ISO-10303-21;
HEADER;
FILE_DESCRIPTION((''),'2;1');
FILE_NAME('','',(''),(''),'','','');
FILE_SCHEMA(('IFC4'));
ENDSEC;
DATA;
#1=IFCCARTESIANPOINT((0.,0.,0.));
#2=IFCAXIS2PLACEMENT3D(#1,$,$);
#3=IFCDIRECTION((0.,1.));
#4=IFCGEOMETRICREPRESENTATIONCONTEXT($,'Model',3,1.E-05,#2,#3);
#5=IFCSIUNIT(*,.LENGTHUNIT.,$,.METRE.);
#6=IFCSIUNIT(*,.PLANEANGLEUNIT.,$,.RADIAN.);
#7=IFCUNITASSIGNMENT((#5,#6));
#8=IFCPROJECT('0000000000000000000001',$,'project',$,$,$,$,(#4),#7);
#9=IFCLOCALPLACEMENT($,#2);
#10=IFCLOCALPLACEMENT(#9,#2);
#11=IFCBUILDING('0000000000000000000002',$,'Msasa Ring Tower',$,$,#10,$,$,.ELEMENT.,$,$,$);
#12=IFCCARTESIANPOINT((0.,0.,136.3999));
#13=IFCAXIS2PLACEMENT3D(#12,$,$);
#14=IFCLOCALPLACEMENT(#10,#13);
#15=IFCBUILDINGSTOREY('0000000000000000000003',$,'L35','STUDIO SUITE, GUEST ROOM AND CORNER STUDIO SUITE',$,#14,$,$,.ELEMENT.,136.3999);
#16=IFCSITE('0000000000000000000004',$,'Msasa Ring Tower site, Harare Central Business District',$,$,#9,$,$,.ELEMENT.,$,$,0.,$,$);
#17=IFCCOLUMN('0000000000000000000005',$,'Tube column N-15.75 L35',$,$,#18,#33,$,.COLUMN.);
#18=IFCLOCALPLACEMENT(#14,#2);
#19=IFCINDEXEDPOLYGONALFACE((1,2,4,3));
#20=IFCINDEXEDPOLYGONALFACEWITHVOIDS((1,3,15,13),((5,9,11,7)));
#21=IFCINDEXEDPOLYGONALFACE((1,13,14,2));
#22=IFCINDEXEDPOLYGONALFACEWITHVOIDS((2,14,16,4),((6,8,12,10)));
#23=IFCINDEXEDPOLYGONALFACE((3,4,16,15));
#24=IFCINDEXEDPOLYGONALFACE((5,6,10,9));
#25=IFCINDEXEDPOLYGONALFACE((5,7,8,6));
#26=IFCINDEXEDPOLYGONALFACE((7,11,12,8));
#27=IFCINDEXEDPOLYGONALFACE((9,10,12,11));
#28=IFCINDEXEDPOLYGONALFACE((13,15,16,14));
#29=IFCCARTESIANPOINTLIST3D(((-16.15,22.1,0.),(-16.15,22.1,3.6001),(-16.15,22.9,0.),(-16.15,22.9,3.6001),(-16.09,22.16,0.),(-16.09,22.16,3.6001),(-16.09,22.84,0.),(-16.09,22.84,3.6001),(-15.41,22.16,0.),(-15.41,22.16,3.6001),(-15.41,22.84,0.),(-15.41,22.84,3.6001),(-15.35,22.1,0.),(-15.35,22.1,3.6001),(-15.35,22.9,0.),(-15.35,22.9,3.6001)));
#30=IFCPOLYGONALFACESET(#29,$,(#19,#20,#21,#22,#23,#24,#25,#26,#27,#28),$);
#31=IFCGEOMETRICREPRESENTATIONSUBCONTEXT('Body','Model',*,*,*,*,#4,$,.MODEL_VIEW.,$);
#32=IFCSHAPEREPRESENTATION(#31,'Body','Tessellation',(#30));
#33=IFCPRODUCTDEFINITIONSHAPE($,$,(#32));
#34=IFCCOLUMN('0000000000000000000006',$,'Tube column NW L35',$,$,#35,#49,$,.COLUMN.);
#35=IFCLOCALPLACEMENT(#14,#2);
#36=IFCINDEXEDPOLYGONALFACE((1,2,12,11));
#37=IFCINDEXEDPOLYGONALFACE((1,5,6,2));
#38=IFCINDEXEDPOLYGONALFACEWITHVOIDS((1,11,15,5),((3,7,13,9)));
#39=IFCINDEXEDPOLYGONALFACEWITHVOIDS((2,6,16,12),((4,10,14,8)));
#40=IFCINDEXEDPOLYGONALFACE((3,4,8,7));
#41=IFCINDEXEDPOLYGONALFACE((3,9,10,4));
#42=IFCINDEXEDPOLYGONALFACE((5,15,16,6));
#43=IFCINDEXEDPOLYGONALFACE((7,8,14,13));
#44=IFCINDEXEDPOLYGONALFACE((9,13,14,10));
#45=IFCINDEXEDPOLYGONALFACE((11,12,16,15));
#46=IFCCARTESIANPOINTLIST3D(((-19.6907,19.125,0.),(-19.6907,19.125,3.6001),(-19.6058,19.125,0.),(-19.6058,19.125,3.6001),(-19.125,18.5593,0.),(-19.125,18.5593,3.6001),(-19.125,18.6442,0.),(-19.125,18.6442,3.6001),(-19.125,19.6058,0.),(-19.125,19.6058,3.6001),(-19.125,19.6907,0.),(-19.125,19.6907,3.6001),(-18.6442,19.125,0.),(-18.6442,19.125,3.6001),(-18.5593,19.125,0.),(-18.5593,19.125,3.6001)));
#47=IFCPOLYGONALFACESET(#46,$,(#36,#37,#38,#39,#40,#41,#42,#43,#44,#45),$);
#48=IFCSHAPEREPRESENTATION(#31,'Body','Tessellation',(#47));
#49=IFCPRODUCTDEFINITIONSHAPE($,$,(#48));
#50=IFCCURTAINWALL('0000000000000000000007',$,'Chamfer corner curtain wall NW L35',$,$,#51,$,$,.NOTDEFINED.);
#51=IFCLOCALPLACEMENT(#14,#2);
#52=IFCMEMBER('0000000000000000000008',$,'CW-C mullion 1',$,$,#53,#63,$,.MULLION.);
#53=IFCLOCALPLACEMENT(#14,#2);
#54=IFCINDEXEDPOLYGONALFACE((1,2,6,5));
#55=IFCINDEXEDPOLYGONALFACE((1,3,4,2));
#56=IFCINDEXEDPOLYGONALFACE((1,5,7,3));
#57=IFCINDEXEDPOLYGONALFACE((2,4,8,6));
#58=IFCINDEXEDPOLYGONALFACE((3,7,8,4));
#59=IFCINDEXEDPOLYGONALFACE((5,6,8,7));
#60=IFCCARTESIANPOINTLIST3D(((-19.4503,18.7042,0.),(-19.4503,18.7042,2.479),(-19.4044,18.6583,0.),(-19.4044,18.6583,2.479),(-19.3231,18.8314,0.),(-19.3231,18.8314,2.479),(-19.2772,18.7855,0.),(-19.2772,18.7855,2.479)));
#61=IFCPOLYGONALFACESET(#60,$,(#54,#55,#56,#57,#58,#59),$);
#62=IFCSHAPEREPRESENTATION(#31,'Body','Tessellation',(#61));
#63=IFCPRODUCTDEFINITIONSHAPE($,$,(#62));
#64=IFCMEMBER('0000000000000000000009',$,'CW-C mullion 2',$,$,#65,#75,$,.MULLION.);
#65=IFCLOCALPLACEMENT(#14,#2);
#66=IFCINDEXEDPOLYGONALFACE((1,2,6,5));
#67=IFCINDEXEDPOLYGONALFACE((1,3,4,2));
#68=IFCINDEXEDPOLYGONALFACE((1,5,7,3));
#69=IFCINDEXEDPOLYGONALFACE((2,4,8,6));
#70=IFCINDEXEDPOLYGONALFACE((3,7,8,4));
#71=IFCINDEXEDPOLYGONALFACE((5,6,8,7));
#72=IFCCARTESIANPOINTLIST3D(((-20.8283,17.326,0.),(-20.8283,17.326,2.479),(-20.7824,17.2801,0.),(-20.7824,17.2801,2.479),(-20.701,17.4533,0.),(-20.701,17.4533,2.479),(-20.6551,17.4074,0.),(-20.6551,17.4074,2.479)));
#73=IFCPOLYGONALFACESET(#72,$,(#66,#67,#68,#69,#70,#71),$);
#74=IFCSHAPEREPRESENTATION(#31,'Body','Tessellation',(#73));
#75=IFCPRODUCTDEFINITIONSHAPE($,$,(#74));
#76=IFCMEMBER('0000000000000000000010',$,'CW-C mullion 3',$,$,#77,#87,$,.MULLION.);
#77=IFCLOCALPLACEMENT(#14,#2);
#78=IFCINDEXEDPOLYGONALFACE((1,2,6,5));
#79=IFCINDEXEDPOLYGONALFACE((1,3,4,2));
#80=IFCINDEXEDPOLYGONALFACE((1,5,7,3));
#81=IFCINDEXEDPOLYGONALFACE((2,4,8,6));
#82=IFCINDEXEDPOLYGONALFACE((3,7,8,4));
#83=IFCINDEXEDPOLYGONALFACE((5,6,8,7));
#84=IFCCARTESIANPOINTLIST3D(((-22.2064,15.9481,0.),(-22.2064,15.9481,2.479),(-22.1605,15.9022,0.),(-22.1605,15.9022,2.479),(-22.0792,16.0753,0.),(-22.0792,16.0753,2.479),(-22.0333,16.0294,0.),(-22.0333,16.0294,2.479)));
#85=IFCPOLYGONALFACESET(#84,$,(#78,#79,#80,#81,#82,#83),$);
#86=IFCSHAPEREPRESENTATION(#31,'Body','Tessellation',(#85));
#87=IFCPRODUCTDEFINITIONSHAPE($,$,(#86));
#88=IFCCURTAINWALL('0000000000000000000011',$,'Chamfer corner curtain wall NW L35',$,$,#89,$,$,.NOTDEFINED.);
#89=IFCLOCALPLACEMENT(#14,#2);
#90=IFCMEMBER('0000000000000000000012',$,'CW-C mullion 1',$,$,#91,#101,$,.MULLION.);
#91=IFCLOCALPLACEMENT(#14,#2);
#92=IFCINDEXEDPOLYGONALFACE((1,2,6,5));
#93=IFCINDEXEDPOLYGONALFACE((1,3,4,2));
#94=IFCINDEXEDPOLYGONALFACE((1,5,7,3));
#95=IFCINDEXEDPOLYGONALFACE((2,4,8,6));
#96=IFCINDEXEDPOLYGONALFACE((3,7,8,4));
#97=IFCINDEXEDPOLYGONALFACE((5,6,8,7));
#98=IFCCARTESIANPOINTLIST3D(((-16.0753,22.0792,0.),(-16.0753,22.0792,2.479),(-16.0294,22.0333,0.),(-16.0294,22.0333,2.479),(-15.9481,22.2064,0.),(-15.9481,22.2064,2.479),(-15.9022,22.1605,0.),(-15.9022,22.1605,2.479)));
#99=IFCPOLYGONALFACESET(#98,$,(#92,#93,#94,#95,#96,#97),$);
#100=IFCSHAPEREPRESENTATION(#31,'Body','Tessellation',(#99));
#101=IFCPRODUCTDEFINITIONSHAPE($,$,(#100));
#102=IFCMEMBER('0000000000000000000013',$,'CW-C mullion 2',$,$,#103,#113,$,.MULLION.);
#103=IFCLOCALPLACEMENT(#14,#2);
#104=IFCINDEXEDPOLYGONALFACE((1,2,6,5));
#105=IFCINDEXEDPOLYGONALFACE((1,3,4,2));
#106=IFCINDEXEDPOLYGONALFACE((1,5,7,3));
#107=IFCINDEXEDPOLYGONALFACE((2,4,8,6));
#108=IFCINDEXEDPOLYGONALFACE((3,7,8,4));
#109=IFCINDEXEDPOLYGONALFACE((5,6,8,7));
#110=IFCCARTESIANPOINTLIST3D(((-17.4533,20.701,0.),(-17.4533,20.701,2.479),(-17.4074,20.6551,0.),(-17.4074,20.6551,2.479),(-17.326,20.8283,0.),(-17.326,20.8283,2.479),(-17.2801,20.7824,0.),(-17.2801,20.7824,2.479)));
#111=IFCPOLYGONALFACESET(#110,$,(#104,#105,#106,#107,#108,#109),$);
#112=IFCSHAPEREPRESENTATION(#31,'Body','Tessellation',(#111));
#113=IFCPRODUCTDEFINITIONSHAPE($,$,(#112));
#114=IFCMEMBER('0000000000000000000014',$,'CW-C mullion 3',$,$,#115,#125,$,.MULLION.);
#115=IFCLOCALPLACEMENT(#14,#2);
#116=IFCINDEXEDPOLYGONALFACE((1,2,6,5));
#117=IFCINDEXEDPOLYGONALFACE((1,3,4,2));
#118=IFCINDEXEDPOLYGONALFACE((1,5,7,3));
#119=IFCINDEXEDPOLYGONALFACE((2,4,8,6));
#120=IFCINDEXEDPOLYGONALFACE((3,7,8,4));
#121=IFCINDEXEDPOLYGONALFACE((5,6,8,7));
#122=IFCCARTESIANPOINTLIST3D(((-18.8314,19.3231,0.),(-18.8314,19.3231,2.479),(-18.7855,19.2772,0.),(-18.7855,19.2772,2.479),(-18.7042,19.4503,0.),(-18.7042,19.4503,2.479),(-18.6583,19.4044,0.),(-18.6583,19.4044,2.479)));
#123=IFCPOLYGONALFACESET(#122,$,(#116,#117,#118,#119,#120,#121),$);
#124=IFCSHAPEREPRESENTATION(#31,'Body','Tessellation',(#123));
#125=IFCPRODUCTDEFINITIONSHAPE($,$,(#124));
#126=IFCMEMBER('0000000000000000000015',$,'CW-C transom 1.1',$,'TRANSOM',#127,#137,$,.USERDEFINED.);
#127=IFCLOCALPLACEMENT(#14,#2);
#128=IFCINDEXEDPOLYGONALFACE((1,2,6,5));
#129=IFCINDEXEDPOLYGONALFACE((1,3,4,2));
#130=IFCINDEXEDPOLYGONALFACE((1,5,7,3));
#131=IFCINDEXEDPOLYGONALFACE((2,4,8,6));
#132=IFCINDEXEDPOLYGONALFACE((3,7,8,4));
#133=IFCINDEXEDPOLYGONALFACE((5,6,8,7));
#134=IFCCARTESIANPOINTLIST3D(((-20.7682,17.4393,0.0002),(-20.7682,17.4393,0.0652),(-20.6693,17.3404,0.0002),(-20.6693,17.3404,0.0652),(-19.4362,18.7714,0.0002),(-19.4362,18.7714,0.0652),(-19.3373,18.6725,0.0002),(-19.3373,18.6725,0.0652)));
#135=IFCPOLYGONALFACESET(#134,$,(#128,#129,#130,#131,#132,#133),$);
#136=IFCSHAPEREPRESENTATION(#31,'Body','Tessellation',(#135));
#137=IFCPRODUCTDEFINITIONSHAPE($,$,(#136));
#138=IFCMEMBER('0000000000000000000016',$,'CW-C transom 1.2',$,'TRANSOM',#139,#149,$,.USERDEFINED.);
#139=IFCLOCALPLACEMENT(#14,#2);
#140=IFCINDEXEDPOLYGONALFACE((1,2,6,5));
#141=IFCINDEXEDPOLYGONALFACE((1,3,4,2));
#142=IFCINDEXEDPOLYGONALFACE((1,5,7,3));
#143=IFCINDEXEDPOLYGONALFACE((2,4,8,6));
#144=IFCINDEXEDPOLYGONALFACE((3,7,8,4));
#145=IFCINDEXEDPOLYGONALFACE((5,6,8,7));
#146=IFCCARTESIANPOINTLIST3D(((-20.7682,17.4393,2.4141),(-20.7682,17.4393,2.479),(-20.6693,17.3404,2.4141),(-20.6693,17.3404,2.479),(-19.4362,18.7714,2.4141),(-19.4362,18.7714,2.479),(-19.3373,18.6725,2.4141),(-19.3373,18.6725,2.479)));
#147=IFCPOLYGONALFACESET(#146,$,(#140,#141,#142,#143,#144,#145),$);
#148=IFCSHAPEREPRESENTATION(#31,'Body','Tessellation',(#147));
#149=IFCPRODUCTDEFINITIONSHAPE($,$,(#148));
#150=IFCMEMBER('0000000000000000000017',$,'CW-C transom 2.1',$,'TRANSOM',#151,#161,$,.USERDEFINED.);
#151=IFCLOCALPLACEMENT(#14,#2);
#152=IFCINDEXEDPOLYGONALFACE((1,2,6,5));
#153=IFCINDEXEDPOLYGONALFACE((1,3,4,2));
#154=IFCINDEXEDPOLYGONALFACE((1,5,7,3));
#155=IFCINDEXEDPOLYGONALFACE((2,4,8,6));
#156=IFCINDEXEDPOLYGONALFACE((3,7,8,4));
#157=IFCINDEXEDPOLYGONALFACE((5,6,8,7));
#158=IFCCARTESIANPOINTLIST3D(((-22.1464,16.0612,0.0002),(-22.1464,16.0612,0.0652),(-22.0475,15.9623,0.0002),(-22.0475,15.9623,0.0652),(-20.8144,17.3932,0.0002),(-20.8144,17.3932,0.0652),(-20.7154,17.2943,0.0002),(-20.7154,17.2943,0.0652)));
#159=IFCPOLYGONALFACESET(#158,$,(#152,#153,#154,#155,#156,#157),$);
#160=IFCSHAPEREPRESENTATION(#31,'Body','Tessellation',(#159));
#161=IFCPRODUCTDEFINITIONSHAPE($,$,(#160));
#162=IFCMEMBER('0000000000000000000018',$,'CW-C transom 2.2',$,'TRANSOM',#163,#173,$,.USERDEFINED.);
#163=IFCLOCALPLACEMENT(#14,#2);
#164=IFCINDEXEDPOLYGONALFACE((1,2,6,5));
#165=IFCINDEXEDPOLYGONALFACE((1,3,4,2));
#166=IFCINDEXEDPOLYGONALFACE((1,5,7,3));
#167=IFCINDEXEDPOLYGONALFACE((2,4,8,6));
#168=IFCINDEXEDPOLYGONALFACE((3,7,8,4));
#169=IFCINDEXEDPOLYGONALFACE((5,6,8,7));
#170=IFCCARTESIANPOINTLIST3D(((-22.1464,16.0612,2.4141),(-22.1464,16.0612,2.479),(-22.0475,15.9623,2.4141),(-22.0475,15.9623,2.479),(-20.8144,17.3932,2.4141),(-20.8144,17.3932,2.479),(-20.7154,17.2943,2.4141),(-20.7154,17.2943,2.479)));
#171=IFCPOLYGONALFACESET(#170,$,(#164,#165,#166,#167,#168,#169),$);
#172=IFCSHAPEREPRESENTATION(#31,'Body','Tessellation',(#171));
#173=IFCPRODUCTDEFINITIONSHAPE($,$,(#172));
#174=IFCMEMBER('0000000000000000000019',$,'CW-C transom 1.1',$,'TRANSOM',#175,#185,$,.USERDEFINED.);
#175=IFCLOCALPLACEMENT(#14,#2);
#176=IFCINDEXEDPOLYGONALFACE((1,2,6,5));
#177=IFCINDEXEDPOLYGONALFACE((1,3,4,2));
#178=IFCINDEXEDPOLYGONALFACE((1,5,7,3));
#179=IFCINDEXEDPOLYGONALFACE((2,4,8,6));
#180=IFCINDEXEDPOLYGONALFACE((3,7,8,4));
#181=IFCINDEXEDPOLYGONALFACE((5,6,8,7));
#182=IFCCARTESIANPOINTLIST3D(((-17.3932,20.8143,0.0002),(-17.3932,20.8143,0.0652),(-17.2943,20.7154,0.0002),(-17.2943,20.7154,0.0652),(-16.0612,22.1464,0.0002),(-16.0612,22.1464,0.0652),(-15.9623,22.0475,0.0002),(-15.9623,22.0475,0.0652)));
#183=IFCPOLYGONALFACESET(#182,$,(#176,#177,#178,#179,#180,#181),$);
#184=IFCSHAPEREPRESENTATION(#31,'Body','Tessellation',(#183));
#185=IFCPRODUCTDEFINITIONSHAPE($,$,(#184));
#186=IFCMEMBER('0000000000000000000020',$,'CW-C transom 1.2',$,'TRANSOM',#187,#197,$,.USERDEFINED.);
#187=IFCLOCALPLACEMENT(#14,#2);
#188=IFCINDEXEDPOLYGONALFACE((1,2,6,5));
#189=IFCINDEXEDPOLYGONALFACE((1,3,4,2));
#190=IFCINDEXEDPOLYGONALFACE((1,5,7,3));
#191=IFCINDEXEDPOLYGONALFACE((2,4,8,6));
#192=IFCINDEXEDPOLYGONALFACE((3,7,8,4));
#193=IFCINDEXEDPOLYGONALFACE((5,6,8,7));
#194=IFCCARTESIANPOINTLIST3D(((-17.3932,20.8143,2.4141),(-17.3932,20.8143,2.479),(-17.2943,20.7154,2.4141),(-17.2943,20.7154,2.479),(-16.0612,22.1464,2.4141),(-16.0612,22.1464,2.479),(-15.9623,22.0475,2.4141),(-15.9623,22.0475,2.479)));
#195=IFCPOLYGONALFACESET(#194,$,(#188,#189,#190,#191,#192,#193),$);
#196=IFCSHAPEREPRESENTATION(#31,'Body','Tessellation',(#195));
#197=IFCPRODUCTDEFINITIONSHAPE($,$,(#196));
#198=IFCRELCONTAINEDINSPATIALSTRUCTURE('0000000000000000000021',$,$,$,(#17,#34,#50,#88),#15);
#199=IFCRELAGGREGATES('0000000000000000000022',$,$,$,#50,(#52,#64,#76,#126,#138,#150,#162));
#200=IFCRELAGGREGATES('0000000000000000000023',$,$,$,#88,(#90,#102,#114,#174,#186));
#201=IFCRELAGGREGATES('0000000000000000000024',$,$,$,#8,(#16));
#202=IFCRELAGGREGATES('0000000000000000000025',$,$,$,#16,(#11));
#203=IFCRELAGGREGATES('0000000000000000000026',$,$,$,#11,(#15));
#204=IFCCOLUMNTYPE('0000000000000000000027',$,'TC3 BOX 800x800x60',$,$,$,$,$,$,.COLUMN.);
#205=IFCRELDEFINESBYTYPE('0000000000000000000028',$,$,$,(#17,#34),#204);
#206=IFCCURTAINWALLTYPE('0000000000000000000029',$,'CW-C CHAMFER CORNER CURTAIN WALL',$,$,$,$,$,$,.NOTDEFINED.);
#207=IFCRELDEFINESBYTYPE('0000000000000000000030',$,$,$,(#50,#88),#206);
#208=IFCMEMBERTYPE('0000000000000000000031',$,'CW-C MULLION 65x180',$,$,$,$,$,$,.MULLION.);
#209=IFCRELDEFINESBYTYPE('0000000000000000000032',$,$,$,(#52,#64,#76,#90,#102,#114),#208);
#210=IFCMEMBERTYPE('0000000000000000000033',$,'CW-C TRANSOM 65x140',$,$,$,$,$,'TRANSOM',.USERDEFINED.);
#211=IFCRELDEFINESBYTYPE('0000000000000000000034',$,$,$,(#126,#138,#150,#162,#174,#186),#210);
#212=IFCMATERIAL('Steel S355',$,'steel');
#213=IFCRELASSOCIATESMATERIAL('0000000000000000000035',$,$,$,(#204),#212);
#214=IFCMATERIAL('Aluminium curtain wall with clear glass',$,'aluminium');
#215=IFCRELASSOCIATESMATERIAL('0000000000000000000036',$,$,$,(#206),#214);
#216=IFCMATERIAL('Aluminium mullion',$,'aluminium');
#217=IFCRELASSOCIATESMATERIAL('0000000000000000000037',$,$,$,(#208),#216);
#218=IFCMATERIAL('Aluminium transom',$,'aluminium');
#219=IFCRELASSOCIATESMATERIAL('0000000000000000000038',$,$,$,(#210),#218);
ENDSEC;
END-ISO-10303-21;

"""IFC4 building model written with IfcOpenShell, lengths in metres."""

from ifc_helpers import new_model, si_unit, direction, frame, origin, origin_2d, place, context, subcontext, project, spatial, rectangle, hollow_rectangle, extrude, material, material_profile, profile_set, type_object, element, aggregate, save


model = new_model("IFC4")

# Units and contexts
model_context = context("Model", 3, precision=1e-05, world=origin(), true_north=direction((0.0, 1.0)))
body_context = subcontext(model_context, "Body", "Model", "MODEL_VIEW")
ifc_project = project(units=[si_unit("LENGTHUNIT", "METRE"), si_unit("PLANEANGLEUNIT", "RADIAN")], contexts=[model_context])

# Site, building, storey
site_placement = place(None, origin())
site = spatial("IfcSite", under=ifc_project, at=site_placement, Name="Msasa Ring Tower site, Harare Central Business District", CompositionType="ELEMENT", RefElevation=0.0)
building_placement = place(site_placement, origin())
building = spatial("IfcBuilding", under=site, at=building_placement, Name="Msasa Ring Tower", CompositionType="ELEMENT")
storey_placement = place(building_placement, frame((0.0, 0.0, 136.3999)))
storey = spatial("IfcBuildingStorey", under=building, at=storey_placement, Name="L35", Description="STUDIO SUITE, GUEST ROOM AND CORNER STUDIO SUITE", CompositionType="ELEMENT", Elevation=136.3999)

# Columns
ifc_material_1 = material(Name="Steel S355", Category="steel")
ifc_material_profile_1 = material_profile(ifc_material_1, hollow_rectangle(XDim=0.8, YDim=0.8, WallThickness=0.0601, at=origin_2d()), Name="BOX 800x800x60")
ifc_profile_set_1 = profile_set([ifc_material_profile_1], Name="Steel S355")
column_type = type_object("IfcColumnType", Name="TC3 BOX 800x800x60", PredefinedType="COLUMN", material=ifc_profile_set_1)
for number, where, z_axis, x_axis, name in (
    (1, (-15.75, 22.5, 0.0), (0.0, 0.0, 1.0), (0.0, 1.0, 0.0), "Tube column N-15.75 L35"),
    (2, (-19.125, 19.125, 0.0), (0.0, 0.0, 1.0), (0.707107, -0.707107, 0.0), "Tube column NW L35"),
):
    element("IfcColumn", number, at=place(storey_placement, frame(where, z_axis=z_axis, x_axis=x_axis)), inside=storey, type_object=column_type, Name=name, PredefinedType="COLUMN", context=body_context, shape_type="SweptSolid", body=[
        extrude(hollow_rectangle(XDim=0.8, YDim=0.8, WallThickness=0.0601, at=origin_2d()), origin(), (0.0, 0.0, 1.0), 3.6001),
    ])

# Curtain walls, members
ifc_material_2 = material(Name="Aluminium curtain wall with clear glass", Category="aluminium")
curtain_wall_type = type_object("IfcCurtainWallType", Name="CW-C CHAMFER CORNER CURTAIN WALL", PredefinedType="NOTDEFINED", material=ifc_material_2)
curtain_wall_1_placement = place(storey_placement, origin())
curtain_wall_1 = element("IfcCurtainWall", 3, at=curtain_wall_1_placement, inside=storey, type_object=curtain_wall_type, Name="Chamfer corner curtain wall NW L35", PredefinedType="NOTDEFINED")
ifc_material_3 = material(Name="Aluminium mullion", Category="aluminium")
ifc_material_profile_2 = material_profile(ifc_material_3, rectangle(XDim=0.0649, YDim=0.1799, at=origin_2d()), Name="AL 65x180")
ifc_profile_set_2 = profile_set([ifc_material_profile_2], Name="Aluminium mullion")
member_type_1 = type_object("IfcMemberType", Name="CW-C MULLION 65x180", PredefinedType="MULLION", material=ifc_profile_set_2)
member_1_placement = place(storey_placement, frame((-19.3638, 18.7449, 0.0), z_axis=(0.0, 0.0, 1.0), x_axis=(0.707107, -0.707107, 0.0)))
member_1 = element("IfcMember", 4, at=member_1_placement, type_object=member_type_1, Name="CW-C mullion 1", PredefinedType="MULLION", context=body_context, shape_type="SweptSolid", body=[
    extrude(rectangle(XDim=0.0649, YDim=0.1799, at=origin_2d()), origin(), (0.0, 0.0, 1.0), 2.479),
])
member_2_placement = place(storey_placement, frame((-20.7417, 17.3667, 0.0), z_axis=(0.0, 0.0, 1.0), x_axis=(0.707107, -0.707107, 0.0)))
member_2 = element("IfcMember", 5, at=member_2_placement, type_object=member_type_1, Name="CW-C mullion 2", PredefinedType="MULLION", context=body_context, shape_type="SweptSolid", body=[
    extrude(rectangle(XDim=0.0649, YDim=0.1799, at=origin_2d()), origin(), (0.0, 0.0, 1.0), 2.479),
])
member_3_placement = place(storey_placement, frame((-22.1199, 15.9888, 0.0), z_axis=(0.0, 0.0, 1.0), x_axis=(0.707107, -0.707107, 0.0)))
member_3 = element("IfcMember", 6, at=member_3_placement, type_object=member_type_1, Name="CW-C mullion 3", PredefinedType="MULLION", context=body_context, shape_type="SweptSolid", body=[
    extrude(rectangle(XDim=0.0649, YDim=0.1799, at=origin_2d()), origin(), (0.0, 0.0, 1.0), 2.479),
])
curtain_wall_2_placement = place(storey_placement, origin())
curtain_wall_2 = element("IfcCurtainWall", 7, at=curtain_wall_2_placement, inside=storey, type_object=curtain_wall_type, Name="Chamfer corner curtain wall NW L35", PredefinedType="NOTDEFINED")
member_4_placement = place(storey_placement, frame((-15.9888, 22.1199, 0.0), z_axis=(0.0, 0.0, 1.0), x_axis=(0.707107, -0.707107, 0.0)))
member_4 = element("IfcMember", 8, at=member_4_placement, type_object=member_type_1, Name="CW-C mullion 1", PredefinedType="MULLION", context=body_context, shape_type="SweptSolid", body=[
    extrude(rectangle(XDim=0.0649, YDim=0.1799, at=origin_2d()), origin(), (0.0, 0.0, 1.0), 2.479),
])
member_5_placement = place(storey_placement, frame((-17.3667, 20.7417, 0.0), z_axis=(0.0, 0.0, 1.0), x_axis=(0.707107, -0.707107, 0.0)))
member_5 = element("IfcMember", 9, at=member_5_placement, type_object=member_type_1, Name="CW-C mullion 2", PredefinedType="MULLION", context=body_context, shape_type="SweptSolid", body=[
    extrude(rectangle(XDim=0.0649, YDim=0.1799, at=origin_2d()), origin(), (0.0, 0.0, 1.0), 2.479),
])
member_6_placement = place(storey_placement, frame((-18.7449, 19.3638, 0.0), z_axis=(0.0, 0.0, 1.0), x_axis=(0.707107, -0.707107, 0.0)))
member_6 = element("IfcMember", 10, at=member_6_placement, type_object=member_type_1, Name="CW-C mullion 3", PredefinedType="MULLION", context=body_context, shape_type="SweptSolid", body=[
    extrude(rectangle(XDim=0.0649, YDim=0.1799, at=origin_2d()), origin(), (0.0, 0.0, 1.0), 2.479),
])

# Members
ifc_material_4 = material(Name="Aluminium transom", Category="aluminium")
ifc_material_profile_3 = material_profile(ifc_material_4, rectangle(XDim=0.1399, YDim=0.0649, at=origin_2d()), Name="AL 65x140")
ifc_profile_set_3 = profile_set([ifc_material_profile_3], Name="Aluminium transom")
member_type_2 = type_object("IfcMemberType", Name="CW-C TRANSOM 65x140", ElementType="TRANSOM", PredefinedType="USERDEFINED", material=ifc_profile_set_3)
member_7_placement = place(storey_placement, frame((-19.3867, 18.7219, 0.0327), z_axis=(-0.707107, -0.707107, 0.0), x_axis=(0.707107, -0.707107, 0.0)))
member_7 = element("IfcMember", 11, at=member_7_placement, type_object=member_type_2, Name="CW-C transom 1.1", ObjectType="TRANSOM", PredefinedType="USERDEFINED", context=body_context, shape_type="SweptSolid", body=[
    extrude(rectangle(XDim=0.1399, YDim=0.0649, at=origin_2d()), origin(), (0.0, 0.0, 1.0), 1.8838),
])
member_8_placement = place(storey_placement, frame((-19.3867, 18.7219, 2.4465), z_axis=(-0.707107, -0.707107, 0.0), x_axis=(0.707107, -0.707107, 0.0)))
member_8 = element("IfcMember", 12, at=member_8_placement, type_object=member_type_2, Name="CW-C transom 1.2", ObjectType="TRANSOM", PredefinedType="USERDEFINED", context=body_context, shape_type="SweptSolid", body=[
    extrude(rectangle(XDim=0.1399, YDim=0.0649, at=origin_2d()), origin(), (0.0, 0.0, 1.0), 1.8838),
])
member_9_placement = place(storey_placement, frame((-20.7649, 17.3438, 0.0327), z_axis=(-0.707107, -0.707107, 0.0), x_axis=(0.707107, -0.707107, 0.0)))
member_9 = element("IfcMember", 13, at=member_9_placement, type_object=member_type_2, Name="CW-C transom 2.1", ObjectType="TRANSOM", PredefinedType="USERDEFINED", context=body_context, shape_type="SweptSolid", body=[
    extrude(rectangle(XDim=0.1399, YDim=0.0649, at=origin_2d()), origin(), (0.0, 0.0, 1.0), 1.8838),
])
member_10_placement = place(storey_placement, frame((-20.7649, 17.3438, 2.4465), z_axis=(-0.707107, -0.707107, 0.0), x_axis=(0.707107, -0.707107, 0.0)))
member_10 = element("IfcMember", 14, at=member_10_placement, type_object=member_type_2, Name="CW-C transom 2.2", ObjectType="TRANSOM", PredefinedType="USERDEFINED", context=body_context, shape_type="SweptSolid", body=[
    extrude(rectangle(XDim=0.1399, YDim=0.0649, at=origin_2d()), origin(), (0.0, 0.0, 1.0), 1.8838),
])
member_11_placement = place(storey_placement, frame((-16.0117, 22.0969, 0.0327), z_axis=(-0.707107, -0.707107, 0.0), x_axis=(0.707107, -0.707107, 0.0)))
member_11 = element("IfcMember", 15, at=member_11_placement, type_object=member_type_2, Name="CW-C transom 1.1", ObjectType="TRANSOM", PredefinedType="USERDEFINED", context=body_context, shape_type="SweptSolid", body=[
    extrude(rectangle(XDim=0.1399, YDim=0.0649, at=origin_2d()), origin(), (0.0, 0.0, 1.0), 1.8838),
])
member_12_placement = place(storey_placement, frame((-16.0117, 22.0969, 2.4465), z_axis=(-0.707107, -0.707107, 0.0), x_axis=(0.707107, -0.707107, 0.0)))
member_12 = element("IfcMember", 16, at=member_12_placement, type_object=member_type_2, Name="CW-C transom 1.2", ObjectType="TRANSOM", PredefinedType="USERDEFINED", context=body_context, shape_type="SweptSolid", body=[
    extrude(rectangle(XDim=0.1399, YDim=0.0649, at=origin_2d()), origin(), (0.0, 0.0, 1.0), 1.8838),
])

aggregate(curtain_wall_1, [member_1, member_2, member_3, member_7, member_8, member_9, member_10])
aggregate(curtain_wall_2, [member_4, member_5, member_6, member_11, member_12])

save(model, "model.ifc")
